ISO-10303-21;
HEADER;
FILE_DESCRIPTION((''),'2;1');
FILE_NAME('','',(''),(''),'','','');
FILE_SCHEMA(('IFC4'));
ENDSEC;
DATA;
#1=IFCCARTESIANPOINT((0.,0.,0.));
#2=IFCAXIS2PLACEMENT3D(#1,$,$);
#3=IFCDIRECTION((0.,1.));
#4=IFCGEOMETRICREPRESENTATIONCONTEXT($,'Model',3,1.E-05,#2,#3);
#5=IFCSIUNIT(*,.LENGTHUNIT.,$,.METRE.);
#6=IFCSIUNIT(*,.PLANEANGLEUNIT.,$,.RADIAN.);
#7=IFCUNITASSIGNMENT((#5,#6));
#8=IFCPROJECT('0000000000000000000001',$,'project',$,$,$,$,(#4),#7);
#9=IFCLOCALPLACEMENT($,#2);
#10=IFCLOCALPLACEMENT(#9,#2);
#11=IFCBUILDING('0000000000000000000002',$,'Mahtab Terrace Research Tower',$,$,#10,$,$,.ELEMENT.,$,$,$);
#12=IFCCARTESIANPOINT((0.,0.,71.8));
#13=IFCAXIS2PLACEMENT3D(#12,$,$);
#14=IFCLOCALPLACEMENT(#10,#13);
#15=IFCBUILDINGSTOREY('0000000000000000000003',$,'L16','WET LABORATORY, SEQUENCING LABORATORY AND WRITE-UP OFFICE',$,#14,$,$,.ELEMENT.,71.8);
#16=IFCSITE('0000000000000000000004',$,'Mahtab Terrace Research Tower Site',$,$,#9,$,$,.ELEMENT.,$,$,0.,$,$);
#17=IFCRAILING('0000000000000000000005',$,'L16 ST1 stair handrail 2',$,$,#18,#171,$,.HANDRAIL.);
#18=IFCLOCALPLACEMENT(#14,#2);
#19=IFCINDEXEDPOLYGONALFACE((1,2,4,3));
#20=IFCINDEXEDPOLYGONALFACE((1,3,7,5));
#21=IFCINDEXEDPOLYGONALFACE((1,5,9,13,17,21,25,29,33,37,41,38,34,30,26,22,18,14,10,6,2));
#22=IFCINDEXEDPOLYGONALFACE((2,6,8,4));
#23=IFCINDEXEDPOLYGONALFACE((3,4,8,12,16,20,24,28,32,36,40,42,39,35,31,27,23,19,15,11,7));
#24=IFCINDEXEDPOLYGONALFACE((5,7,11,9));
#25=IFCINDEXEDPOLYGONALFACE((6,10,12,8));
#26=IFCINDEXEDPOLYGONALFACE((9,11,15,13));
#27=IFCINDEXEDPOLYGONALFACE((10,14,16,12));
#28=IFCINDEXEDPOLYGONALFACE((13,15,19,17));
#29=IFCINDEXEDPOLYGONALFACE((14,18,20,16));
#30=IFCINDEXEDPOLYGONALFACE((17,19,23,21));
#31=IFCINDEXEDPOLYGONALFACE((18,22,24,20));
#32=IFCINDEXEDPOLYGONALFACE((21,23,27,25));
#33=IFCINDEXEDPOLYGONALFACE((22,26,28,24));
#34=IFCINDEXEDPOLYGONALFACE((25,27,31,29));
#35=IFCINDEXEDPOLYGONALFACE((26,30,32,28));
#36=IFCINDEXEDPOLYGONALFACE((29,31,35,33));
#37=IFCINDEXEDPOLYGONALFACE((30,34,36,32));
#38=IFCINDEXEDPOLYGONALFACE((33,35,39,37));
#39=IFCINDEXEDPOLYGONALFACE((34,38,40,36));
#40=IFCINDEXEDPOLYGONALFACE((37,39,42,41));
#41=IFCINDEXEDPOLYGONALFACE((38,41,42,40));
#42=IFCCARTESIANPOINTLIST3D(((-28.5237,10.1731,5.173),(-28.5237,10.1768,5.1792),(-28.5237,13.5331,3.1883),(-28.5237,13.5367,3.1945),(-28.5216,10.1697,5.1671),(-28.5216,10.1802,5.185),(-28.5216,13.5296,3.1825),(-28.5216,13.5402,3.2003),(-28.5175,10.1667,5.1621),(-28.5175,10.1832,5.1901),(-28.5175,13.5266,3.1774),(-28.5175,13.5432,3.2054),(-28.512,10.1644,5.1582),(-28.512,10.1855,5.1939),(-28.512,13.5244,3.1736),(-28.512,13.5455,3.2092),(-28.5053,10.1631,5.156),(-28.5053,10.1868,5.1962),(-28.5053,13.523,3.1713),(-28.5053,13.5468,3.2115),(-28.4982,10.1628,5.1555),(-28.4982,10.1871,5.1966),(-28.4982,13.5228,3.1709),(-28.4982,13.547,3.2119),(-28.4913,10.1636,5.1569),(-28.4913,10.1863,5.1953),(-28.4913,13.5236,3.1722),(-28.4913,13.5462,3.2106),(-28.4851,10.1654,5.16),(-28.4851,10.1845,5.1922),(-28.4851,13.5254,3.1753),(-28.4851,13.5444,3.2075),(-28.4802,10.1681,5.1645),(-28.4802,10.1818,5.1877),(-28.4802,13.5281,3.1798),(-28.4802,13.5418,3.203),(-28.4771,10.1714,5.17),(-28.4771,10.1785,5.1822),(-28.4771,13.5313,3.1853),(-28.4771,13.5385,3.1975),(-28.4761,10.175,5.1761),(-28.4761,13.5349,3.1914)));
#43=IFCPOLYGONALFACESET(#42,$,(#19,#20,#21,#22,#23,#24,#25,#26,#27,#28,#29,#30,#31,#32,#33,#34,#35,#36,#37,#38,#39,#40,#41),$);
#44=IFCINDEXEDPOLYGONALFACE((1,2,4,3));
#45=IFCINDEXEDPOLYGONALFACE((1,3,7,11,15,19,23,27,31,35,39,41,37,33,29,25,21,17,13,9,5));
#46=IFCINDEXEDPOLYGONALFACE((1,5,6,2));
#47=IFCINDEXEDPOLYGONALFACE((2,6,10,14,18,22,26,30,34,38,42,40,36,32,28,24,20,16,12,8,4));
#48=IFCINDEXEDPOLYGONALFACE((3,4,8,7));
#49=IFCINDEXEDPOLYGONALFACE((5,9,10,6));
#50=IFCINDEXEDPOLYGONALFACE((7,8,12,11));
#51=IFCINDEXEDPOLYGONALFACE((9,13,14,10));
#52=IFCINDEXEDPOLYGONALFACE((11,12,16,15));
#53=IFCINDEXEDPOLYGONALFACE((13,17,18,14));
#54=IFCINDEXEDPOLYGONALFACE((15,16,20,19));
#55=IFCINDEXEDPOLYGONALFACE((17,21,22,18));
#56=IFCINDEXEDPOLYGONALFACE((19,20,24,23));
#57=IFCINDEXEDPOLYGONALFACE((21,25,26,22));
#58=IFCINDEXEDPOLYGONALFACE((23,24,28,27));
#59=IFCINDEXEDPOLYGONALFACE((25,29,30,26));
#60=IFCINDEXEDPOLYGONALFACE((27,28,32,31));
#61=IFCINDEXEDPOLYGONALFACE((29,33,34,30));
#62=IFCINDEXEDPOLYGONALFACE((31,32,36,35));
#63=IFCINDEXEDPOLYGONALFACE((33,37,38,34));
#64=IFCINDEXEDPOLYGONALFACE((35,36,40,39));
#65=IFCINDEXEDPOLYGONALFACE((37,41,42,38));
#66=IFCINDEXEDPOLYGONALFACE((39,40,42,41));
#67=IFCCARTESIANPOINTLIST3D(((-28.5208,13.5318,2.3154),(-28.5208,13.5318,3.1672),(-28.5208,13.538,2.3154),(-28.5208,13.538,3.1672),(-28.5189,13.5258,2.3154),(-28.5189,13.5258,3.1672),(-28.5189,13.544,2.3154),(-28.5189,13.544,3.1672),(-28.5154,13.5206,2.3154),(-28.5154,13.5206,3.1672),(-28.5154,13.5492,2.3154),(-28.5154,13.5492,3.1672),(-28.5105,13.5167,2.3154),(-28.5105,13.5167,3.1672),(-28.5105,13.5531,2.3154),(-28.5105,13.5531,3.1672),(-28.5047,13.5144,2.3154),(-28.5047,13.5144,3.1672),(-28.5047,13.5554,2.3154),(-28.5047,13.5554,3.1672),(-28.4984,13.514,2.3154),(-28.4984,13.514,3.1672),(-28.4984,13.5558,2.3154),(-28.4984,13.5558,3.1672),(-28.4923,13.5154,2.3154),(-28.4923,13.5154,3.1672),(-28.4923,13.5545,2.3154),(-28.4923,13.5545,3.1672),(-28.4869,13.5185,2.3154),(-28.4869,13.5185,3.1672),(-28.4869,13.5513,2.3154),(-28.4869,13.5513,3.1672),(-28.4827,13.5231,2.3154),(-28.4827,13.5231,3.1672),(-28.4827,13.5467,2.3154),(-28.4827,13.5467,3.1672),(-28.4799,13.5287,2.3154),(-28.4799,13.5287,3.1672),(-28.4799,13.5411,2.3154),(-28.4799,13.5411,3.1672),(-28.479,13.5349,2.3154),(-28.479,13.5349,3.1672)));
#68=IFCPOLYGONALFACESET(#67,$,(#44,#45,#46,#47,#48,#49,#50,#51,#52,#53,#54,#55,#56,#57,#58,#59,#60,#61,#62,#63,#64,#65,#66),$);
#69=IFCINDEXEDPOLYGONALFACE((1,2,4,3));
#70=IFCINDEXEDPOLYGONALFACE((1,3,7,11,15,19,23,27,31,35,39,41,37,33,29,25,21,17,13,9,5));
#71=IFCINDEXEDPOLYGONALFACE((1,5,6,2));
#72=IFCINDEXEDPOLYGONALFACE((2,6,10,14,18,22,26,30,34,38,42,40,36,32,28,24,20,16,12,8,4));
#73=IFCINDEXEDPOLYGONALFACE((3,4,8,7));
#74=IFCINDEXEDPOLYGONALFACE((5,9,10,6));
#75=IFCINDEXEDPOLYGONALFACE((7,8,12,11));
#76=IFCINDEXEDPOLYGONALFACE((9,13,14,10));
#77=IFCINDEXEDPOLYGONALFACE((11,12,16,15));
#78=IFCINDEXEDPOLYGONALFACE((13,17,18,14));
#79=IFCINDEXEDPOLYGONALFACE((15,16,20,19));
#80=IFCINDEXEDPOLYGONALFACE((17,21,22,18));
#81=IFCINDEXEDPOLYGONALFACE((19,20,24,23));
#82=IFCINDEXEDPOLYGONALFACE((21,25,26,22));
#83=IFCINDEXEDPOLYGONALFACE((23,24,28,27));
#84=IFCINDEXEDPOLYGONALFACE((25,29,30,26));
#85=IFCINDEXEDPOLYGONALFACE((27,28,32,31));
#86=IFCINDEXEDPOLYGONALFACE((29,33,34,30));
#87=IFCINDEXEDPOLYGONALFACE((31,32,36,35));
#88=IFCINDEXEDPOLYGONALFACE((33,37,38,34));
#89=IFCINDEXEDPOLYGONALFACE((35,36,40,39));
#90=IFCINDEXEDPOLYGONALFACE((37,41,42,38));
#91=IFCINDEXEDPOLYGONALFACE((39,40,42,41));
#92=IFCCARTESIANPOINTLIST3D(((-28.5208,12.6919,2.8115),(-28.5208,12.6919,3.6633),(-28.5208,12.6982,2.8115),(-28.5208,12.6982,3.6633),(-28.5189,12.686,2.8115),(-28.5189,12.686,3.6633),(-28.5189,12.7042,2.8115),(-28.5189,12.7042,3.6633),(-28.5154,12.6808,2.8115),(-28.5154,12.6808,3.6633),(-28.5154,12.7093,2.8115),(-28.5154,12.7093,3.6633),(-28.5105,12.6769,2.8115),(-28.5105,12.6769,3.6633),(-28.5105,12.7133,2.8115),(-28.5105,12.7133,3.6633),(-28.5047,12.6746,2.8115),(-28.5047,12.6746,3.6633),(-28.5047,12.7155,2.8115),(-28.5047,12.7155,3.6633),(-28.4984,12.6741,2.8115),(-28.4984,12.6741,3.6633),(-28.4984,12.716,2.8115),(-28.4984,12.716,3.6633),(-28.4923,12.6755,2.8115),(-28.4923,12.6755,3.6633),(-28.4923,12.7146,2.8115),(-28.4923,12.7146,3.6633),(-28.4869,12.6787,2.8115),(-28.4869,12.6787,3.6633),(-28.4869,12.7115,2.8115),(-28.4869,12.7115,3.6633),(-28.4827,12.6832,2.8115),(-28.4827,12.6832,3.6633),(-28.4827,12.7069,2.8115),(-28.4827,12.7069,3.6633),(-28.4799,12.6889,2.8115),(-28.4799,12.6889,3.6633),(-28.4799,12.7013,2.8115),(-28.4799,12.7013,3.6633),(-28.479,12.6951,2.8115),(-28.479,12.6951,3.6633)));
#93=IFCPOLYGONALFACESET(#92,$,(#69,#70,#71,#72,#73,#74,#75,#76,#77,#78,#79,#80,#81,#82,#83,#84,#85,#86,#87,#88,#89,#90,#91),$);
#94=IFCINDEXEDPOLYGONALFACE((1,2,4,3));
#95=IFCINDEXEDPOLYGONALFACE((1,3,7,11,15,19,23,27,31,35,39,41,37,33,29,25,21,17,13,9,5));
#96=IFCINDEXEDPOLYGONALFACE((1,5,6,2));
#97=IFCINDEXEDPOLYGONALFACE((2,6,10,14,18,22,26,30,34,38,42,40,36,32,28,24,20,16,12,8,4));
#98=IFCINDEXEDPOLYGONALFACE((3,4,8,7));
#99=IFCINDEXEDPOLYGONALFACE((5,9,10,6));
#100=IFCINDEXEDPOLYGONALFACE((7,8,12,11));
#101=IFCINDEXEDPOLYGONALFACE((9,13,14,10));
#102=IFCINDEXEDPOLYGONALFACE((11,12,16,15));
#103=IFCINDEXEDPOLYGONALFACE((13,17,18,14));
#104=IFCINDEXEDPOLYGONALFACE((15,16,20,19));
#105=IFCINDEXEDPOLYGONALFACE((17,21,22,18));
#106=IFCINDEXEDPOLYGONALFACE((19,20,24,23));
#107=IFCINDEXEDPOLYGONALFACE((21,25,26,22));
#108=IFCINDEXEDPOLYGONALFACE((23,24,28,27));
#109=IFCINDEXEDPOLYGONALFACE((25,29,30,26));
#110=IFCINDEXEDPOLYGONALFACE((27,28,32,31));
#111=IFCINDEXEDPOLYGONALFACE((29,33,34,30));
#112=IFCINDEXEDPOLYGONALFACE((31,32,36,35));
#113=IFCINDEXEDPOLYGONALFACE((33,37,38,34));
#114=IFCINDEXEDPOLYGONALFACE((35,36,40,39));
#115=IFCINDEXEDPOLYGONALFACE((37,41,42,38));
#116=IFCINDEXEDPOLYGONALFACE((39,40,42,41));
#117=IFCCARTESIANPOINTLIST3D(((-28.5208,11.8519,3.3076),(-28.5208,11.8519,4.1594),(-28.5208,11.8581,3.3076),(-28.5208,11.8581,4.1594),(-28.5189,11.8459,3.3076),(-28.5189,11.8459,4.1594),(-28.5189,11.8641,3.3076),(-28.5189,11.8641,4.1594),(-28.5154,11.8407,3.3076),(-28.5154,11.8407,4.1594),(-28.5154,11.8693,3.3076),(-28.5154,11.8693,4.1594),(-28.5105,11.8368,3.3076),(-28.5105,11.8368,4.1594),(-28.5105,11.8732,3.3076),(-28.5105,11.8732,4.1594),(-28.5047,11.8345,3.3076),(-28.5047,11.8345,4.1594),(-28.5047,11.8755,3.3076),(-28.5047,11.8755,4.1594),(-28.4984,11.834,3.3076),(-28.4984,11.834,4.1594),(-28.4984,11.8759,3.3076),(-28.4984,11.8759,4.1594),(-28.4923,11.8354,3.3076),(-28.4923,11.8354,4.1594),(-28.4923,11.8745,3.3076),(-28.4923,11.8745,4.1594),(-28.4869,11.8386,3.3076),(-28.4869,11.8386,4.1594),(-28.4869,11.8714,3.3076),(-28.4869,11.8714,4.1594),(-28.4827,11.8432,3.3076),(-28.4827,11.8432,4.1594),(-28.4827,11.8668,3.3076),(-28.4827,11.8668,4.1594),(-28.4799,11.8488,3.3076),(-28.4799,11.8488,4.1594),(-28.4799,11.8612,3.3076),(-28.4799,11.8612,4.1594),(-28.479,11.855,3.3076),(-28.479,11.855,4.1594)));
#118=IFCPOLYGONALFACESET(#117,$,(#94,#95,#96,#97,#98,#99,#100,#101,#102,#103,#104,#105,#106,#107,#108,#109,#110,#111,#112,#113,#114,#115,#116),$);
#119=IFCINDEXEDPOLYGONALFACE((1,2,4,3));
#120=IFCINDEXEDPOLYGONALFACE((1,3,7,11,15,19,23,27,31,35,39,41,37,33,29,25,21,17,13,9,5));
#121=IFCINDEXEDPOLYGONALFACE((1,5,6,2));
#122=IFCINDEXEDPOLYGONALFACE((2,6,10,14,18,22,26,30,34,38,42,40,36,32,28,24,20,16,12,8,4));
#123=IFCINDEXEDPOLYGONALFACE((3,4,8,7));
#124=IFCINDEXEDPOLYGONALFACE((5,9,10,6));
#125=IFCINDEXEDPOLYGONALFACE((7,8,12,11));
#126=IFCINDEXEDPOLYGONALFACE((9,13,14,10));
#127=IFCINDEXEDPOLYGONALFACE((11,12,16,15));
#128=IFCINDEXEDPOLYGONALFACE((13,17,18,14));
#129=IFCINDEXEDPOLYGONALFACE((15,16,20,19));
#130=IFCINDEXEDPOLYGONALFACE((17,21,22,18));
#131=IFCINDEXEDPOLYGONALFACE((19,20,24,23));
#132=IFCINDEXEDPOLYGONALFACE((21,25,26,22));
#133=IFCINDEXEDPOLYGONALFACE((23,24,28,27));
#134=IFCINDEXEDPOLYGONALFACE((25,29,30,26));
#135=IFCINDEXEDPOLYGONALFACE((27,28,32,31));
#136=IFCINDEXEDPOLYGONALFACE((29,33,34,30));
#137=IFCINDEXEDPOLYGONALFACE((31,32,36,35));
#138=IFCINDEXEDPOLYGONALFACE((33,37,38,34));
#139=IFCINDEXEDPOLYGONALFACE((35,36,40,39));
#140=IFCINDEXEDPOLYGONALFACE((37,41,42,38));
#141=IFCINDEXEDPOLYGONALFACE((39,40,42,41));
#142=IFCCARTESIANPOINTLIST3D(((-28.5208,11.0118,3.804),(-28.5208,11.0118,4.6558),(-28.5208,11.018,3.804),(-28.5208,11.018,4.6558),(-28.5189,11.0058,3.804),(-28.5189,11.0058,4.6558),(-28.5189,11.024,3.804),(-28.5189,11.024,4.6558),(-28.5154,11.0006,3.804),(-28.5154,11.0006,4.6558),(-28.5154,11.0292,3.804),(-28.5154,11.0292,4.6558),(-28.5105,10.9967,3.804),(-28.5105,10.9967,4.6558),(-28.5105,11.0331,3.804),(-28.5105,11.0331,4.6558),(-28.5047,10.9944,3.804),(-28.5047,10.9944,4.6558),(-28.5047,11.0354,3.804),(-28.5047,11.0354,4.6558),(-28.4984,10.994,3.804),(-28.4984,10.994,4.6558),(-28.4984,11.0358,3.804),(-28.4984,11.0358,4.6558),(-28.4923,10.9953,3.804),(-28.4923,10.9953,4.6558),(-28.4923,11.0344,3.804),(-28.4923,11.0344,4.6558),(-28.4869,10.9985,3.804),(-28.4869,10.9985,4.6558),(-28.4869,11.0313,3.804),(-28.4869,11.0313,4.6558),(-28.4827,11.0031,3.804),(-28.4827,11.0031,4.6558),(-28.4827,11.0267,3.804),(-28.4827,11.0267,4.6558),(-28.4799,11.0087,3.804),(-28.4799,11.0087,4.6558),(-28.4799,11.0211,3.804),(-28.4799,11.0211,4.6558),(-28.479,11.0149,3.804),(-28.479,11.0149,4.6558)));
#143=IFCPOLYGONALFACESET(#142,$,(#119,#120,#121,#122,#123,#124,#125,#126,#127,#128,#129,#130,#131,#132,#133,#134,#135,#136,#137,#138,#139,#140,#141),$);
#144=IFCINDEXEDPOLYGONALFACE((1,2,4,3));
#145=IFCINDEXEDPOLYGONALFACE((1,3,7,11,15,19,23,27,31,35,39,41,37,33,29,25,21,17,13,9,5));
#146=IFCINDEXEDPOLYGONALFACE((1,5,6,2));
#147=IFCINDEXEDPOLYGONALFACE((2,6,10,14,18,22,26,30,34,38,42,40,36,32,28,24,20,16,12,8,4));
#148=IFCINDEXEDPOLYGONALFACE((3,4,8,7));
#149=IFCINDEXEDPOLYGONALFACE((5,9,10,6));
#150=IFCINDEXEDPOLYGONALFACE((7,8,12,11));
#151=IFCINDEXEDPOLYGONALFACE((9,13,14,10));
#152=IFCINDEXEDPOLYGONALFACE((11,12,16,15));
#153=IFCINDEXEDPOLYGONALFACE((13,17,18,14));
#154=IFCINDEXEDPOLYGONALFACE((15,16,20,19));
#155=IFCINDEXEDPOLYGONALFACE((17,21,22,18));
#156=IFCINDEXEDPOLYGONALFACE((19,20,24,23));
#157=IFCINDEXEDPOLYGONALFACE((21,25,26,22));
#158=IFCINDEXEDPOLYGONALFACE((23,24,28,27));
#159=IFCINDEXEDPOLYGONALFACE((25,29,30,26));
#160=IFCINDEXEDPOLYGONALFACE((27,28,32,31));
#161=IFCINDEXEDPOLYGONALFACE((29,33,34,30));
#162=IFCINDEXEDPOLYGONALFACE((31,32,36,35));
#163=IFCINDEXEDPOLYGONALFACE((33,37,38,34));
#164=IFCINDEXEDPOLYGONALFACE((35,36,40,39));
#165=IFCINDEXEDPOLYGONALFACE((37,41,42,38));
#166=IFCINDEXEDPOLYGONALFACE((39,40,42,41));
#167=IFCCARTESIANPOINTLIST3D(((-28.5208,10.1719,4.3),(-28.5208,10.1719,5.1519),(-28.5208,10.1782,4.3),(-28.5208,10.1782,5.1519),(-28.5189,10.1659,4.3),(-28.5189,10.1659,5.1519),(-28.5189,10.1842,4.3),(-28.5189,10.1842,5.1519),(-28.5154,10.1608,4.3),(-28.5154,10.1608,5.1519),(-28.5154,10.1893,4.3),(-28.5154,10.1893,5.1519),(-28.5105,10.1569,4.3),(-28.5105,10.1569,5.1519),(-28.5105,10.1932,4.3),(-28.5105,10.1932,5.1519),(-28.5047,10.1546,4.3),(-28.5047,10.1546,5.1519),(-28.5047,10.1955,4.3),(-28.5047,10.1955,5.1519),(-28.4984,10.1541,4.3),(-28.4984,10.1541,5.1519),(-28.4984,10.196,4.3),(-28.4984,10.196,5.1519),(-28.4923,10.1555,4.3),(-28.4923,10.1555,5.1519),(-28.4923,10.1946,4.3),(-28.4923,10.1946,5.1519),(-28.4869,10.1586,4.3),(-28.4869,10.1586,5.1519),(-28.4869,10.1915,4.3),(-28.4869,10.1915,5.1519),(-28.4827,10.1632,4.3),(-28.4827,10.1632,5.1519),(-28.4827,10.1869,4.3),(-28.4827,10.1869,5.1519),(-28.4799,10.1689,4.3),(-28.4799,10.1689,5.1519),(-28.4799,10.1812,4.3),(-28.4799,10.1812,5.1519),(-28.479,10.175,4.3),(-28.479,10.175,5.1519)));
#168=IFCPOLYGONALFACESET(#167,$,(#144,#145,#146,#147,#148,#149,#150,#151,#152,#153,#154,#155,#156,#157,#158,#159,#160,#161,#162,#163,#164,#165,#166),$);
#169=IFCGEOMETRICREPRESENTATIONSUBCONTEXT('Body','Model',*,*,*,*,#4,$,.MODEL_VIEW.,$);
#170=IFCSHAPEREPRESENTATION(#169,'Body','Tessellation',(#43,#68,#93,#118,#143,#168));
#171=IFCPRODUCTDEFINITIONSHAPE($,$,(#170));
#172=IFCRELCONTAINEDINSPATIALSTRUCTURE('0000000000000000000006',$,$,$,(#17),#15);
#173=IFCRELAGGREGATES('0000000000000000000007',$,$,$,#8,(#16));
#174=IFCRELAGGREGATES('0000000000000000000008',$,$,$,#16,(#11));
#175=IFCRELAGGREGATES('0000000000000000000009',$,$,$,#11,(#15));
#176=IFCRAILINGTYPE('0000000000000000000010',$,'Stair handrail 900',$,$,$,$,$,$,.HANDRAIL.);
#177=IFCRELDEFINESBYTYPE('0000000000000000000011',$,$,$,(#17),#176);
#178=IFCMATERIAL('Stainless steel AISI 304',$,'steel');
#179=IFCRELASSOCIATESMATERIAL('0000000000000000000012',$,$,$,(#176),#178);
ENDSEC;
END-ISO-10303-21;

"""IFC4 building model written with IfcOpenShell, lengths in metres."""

from ifc_helpers import new_model, si_unit, direction, frame, origin, origin_2d, place, context, subcontext, project, spatial, circle, extrude, material, type_object, element, save


model = new_model("IFC4")

# Units and contexts
model_context = context("Model", 3, precision=1e-05, world=origin(), true_north=direction((0.0, 1.0)))
body_context = subcontext(model_context, "Body", "Model", "MODEL_VIEW")
ifc_project = project(units=[si_unit("LENGTHUNIT", "METRE"), si_unit("PLANEANGLEUNIT", "RADIAN")], contexts=[model_context])

# Site, building, storey
site_placement = place(None, origin())
site = spatial("IfcSite", under=ifc_project, at=site_placement, Name="Mahtab Terrace Research Tower Site", CompositionType="ELEMENT", RefElevation=0.0)
building_placement = place(site_placement, origin())
building = spatial("IfcBuilding", under=site, at=building_placement, Name="Mahtab Terrace Research Tower", CompositionType="ELEMENT")
storey_placement = place(building_placement, frame((0.0, 0.0, 71.8)))
storey = spatial("IfcBuildingStorey", under=building, at=storey_placement, Name="L16", Description="WET LABORATORY, SEQUENCING LABORATORY AND WRITE-UP OFFICE", CompositionType="ELEMENT", Elevation=71.8)

# Railing
ifc_material_1 = material(Name="Stainless steel AISI 304", Category="steel")
railing_type_1 = type_object("IfcRailingType", Name="Stair handrail 900", PredefinedType="HANDRAIL", material=ifc_material_1)
railing_1_placement = place(storey_placement, frame((-28.5, 13.5349, 2.3154)))
element("IfcRailing", 1, at=railing_1_placement, inside=storey, type_object=railing_type_1, Name="L16 ST1 stair handrail 2", PredefinedType="HANDRAIL", context=body_context, shape_type="SweptSolid", body=[
    extrude(circle(Radius=0.0239, at=origin_2d()), frame((0.0, 0.0, 0.876), z_axis=(0.0, -0.861011, 0.508586), x_axis=(1.0, 0.0, 0.0)), (0.0, 0.0, 1.0), 3.9023),
    extrude(circle(Radius=0.021, at=origin_2d()), origin(), (0.0, 0.0, 1.0), 0.8518),
    extrude(circle(Radius=0.021, at=origin_2d()), frame((0.0, -0.8398, 0.4961)), (0.0, 0.0, 1.0), 0.8518),
    extrude(circle(Radius=0.021, at=origin_2d()), frame((0.0, -1.6799, 0.9922)), (0.0, 0.0, 1.0), 0.8518),
    extrude(circle(Radius=0.021, at=origin_2d()), frame((0.0, -2.52, 1.4885)), (0.0, 0.0, 1.0), 0.8518),
    extrude(circle(Radius=0.021, at=origin_2d()), frame((0.0, -3.3599, 1.9846)), (0.0, 0.0, 1.0), 0.8518),
])

save(model, "model.ifc")
